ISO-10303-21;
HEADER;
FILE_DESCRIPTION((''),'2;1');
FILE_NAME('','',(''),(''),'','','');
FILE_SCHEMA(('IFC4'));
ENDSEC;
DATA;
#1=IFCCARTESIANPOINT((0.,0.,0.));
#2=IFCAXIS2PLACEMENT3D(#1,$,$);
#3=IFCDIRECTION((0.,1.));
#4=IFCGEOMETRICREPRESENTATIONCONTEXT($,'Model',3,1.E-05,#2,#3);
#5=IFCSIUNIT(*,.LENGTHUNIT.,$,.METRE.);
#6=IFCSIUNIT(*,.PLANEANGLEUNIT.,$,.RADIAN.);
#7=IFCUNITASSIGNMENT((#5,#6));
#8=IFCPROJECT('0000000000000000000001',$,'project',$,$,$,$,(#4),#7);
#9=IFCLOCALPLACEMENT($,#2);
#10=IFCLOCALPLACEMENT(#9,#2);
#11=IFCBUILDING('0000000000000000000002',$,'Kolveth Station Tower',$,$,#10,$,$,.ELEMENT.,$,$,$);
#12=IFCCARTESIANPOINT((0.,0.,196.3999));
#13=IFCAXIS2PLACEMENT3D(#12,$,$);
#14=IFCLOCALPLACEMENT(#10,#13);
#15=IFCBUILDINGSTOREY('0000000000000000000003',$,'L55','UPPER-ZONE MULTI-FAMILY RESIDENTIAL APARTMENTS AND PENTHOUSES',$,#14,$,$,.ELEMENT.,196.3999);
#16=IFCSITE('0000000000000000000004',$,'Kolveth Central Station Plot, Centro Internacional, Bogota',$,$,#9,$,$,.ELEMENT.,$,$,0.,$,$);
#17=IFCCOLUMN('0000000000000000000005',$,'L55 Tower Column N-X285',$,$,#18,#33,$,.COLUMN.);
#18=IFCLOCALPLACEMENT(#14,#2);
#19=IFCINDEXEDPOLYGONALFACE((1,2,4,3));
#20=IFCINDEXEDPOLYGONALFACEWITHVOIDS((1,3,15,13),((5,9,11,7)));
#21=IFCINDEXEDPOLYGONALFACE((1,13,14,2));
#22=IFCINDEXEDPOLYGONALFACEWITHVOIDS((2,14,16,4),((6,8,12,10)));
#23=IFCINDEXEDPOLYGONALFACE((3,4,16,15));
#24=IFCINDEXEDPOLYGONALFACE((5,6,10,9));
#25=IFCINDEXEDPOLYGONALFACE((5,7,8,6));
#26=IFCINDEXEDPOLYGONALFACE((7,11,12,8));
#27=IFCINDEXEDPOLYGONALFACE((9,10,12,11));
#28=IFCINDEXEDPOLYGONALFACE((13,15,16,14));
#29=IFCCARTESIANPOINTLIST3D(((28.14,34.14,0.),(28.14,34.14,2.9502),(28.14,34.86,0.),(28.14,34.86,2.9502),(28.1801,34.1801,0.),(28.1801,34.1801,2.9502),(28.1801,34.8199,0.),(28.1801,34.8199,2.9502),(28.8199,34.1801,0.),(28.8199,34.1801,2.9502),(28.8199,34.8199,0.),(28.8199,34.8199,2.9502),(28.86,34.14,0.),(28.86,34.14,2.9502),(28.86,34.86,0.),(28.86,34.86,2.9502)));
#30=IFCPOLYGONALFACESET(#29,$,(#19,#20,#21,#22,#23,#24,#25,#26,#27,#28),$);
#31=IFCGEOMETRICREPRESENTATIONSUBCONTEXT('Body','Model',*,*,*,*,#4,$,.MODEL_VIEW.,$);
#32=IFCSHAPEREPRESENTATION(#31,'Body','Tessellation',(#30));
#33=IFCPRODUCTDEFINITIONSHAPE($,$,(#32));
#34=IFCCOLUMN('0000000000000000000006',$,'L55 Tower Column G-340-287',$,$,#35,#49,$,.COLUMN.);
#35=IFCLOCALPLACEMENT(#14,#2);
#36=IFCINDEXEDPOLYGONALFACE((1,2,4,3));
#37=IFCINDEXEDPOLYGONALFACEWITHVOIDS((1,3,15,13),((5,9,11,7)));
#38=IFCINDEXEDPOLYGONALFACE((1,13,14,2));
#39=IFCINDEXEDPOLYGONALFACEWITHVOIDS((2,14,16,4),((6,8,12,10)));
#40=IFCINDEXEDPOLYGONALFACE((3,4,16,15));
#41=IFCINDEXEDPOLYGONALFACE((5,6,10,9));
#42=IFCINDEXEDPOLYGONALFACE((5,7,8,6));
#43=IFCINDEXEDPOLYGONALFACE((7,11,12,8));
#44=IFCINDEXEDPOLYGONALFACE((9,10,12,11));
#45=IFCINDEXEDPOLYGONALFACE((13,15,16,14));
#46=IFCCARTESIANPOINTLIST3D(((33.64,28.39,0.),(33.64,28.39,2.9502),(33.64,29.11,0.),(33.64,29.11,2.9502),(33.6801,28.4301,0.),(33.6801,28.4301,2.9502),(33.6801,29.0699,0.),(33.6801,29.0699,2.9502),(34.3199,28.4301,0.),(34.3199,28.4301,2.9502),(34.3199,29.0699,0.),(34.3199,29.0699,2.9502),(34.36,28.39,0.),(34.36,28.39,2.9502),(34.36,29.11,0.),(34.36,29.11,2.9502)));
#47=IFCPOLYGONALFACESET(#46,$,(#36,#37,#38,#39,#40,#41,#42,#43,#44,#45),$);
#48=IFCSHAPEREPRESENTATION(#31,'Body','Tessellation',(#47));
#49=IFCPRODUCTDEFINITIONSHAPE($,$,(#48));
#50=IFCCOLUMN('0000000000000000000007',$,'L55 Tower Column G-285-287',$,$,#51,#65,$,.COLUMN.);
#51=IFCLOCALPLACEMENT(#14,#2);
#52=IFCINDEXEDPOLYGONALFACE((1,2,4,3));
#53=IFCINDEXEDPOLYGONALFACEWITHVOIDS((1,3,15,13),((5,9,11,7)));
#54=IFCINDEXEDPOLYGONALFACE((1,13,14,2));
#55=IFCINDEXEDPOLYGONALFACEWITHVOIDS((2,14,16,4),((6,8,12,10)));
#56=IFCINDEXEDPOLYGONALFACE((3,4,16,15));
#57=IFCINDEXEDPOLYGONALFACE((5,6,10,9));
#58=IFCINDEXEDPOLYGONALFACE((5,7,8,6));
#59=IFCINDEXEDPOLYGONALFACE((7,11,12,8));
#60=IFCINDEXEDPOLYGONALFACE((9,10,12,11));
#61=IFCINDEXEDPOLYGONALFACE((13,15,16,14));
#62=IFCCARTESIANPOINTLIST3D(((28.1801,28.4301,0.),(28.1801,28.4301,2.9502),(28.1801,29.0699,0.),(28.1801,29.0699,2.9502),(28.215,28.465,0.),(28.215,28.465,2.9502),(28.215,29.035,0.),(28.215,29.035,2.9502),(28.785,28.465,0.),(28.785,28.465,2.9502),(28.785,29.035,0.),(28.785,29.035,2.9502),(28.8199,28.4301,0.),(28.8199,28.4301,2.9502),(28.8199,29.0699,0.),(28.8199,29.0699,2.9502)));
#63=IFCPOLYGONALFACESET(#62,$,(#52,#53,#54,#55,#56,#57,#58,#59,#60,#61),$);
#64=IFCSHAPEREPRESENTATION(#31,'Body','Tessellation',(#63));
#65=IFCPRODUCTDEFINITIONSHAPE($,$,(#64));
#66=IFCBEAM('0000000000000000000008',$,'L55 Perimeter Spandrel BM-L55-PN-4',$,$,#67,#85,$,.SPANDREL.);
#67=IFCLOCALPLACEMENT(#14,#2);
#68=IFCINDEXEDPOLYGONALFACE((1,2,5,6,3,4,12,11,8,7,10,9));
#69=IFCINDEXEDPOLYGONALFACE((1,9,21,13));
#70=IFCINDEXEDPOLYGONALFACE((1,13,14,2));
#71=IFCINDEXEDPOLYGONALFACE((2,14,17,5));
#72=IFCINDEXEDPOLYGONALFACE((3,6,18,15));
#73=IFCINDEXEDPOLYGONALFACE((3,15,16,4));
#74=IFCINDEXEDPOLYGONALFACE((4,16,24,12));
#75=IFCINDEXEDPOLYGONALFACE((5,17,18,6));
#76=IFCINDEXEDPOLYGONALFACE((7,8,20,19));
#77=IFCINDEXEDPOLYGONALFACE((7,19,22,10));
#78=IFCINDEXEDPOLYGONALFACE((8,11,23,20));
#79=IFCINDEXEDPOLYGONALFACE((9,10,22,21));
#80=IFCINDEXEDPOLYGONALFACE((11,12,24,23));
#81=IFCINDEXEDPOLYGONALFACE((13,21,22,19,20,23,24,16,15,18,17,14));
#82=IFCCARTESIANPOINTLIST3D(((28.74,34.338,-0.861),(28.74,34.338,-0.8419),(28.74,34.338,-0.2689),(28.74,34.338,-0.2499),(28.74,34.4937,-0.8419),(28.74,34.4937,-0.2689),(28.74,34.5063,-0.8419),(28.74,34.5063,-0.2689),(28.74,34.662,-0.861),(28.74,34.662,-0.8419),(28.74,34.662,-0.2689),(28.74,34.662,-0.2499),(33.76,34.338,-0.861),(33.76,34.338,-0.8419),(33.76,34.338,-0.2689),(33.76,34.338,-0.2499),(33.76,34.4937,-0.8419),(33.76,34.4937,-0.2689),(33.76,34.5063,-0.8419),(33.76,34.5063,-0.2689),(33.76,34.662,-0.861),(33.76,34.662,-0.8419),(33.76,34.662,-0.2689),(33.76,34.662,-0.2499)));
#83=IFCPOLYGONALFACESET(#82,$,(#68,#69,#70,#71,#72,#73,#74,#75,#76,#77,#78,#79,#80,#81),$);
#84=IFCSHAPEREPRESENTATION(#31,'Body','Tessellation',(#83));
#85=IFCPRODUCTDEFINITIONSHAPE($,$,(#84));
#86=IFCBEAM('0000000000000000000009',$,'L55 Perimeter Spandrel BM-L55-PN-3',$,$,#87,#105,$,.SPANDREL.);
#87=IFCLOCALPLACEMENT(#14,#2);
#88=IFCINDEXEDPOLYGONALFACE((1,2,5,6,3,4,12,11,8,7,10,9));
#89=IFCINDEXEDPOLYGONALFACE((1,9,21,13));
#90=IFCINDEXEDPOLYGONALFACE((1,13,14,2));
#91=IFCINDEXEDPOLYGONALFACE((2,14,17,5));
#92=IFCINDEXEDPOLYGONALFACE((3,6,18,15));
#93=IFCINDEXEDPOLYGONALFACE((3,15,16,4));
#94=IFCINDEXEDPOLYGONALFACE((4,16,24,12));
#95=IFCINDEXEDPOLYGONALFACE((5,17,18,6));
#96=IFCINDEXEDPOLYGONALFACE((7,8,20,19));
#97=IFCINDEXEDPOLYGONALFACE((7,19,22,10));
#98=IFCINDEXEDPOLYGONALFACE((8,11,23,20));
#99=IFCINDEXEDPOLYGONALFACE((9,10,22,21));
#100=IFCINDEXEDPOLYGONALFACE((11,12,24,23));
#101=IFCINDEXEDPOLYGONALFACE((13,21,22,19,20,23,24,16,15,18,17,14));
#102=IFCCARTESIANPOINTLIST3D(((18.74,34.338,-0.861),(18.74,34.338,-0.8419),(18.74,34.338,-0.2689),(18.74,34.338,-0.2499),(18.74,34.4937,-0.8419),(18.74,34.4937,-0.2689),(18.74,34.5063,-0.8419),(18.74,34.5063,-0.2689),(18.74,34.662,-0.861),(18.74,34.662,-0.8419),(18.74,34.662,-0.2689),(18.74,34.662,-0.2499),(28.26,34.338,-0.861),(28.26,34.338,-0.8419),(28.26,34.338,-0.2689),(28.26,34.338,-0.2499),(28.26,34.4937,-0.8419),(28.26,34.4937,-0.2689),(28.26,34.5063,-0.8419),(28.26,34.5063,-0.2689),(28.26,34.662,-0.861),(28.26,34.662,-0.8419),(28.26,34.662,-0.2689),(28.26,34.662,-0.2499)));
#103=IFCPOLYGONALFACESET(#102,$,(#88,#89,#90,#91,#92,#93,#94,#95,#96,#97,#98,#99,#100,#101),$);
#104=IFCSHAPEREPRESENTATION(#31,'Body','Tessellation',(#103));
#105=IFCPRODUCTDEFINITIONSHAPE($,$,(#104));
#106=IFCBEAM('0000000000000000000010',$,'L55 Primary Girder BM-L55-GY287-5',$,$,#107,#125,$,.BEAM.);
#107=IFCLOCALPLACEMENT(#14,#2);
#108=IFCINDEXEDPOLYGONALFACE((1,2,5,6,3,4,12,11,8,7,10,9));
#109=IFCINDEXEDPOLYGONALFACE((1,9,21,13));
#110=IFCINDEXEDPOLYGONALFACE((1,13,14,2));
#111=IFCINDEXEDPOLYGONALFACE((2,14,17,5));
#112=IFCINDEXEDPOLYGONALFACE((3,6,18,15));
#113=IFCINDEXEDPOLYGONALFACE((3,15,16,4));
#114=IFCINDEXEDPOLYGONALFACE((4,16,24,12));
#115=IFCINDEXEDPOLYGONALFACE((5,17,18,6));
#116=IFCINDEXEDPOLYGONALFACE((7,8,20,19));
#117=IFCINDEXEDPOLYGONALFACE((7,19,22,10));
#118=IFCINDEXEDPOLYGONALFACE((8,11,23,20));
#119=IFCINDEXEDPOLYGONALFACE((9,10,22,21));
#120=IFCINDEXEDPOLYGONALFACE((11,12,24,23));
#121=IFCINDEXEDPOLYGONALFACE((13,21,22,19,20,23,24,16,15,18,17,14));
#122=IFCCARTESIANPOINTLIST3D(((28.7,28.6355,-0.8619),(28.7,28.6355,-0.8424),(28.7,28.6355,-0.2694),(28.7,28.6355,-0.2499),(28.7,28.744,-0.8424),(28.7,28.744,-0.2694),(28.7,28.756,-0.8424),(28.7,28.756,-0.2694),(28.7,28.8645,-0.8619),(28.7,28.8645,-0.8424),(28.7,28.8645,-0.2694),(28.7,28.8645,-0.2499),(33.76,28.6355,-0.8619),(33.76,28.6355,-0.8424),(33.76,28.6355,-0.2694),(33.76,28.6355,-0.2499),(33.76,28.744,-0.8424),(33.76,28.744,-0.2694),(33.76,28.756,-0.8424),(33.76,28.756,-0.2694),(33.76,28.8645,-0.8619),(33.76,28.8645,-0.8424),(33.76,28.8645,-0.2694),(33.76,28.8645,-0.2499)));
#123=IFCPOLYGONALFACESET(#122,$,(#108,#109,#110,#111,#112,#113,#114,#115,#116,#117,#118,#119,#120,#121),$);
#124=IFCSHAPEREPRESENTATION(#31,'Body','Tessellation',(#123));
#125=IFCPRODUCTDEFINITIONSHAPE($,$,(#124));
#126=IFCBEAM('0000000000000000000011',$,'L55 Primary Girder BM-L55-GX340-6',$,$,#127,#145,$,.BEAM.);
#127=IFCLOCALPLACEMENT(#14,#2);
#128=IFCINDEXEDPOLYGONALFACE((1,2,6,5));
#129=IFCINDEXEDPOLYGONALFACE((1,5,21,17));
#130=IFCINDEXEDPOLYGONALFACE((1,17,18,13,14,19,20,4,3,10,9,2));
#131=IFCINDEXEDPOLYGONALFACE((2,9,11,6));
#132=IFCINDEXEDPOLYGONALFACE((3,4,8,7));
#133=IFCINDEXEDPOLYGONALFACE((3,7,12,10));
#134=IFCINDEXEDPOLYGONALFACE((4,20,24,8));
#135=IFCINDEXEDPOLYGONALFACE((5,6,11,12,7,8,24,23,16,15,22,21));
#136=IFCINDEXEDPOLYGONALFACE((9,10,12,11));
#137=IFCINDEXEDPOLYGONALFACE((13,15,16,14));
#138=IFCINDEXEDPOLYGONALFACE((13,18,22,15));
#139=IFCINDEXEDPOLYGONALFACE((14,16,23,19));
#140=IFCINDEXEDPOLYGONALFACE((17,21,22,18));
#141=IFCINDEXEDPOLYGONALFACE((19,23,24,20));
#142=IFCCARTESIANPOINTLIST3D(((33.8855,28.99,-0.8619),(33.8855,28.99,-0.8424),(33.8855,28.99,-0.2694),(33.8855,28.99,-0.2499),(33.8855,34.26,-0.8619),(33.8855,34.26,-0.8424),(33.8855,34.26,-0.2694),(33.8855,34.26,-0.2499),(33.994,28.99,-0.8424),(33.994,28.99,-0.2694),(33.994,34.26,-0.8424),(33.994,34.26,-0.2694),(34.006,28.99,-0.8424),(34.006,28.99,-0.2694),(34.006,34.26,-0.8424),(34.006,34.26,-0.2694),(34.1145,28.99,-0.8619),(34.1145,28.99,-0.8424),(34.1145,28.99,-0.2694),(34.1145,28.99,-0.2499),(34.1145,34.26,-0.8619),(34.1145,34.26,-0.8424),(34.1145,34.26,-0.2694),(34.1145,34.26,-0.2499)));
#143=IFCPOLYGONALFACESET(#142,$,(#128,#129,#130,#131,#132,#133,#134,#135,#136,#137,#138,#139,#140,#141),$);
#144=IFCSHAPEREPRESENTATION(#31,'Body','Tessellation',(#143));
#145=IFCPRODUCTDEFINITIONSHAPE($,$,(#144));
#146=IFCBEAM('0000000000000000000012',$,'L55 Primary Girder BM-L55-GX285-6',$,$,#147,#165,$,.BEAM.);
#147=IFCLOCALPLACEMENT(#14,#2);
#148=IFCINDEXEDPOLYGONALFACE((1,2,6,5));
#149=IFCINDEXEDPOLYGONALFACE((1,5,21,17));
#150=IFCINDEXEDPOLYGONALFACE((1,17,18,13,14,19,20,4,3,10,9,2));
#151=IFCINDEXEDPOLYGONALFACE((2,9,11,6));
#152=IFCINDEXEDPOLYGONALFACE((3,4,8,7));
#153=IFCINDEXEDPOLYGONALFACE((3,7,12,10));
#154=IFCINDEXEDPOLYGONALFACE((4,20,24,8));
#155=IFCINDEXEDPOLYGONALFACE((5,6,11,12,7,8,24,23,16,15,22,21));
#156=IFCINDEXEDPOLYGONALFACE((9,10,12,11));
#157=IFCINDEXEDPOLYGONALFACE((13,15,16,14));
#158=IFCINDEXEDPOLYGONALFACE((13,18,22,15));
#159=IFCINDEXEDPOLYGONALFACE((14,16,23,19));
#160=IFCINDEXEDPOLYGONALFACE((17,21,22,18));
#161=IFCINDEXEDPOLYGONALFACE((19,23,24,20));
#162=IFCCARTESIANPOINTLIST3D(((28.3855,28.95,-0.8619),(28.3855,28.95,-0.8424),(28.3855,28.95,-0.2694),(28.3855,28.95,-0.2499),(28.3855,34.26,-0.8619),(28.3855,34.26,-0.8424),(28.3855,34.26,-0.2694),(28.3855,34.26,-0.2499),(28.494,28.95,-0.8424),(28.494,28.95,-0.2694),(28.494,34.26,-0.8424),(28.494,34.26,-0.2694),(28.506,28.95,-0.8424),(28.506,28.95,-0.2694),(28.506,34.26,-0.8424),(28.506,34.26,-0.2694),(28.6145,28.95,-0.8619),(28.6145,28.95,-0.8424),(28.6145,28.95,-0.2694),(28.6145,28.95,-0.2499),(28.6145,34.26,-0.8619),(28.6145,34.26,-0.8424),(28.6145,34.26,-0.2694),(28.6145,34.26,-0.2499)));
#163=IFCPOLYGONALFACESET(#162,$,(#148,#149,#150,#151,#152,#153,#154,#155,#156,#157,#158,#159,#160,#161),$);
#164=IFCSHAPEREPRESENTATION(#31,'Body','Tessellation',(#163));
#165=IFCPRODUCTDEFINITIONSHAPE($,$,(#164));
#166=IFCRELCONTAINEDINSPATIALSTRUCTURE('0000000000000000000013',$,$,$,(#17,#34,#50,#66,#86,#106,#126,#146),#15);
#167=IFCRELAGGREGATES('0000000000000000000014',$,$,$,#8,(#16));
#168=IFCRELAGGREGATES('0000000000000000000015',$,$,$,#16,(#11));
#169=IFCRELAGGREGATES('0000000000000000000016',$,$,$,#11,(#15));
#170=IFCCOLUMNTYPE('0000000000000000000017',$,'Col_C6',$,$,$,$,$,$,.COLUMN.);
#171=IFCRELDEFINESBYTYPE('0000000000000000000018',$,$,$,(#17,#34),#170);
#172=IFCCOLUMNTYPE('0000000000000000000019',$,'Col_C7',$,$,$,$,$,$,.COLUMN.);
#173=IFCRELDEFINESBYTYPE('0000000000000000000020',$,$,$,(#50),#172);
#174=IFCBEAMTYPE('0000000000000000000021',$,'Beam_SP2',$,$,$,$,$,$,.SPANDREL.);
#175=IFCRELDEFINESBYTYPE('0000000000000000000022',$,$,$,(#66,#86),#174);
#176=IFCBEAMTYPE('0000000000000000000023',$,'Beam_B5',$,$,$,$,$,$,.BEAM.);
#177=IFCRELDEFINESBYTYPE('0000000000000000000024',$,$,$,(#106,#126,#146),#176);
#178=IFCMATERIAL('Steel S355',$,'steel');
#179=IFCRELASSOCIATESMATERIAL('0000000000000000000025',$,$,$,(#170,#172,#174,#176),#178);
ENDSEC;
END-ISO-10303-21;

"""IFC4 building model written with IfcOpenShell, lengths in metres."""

from ifc_helpers import new_model, si_unit, direction, frame, origin, origin_2d, place, context, subcontext, project, spatial, hollow_rectangle, i_section, extrude, source, transform, mapped, material, material_profile, profile_set, type_object, element, save


model = new_model("IFC4")

# Units and contexts
model_context = context("Model", 3, precision=1e-05, world=origin(), true_north=direction((0.0, 1.0)))
body_context = subcontext(model_context, "Body", "Model", "MODEL_VIEW")
ifc_project = project(units=[si_unit("LENGTHUNIT", "METRE"), si_unit("PLANEANGLEUNIT", "RADIAN")], contexts=[model_context])

# Site, building, storey
site_placement = place(None, origin())
site = spatial("IfcSite", under=ifc_project, at=site_placement, Name="Kolveth Central Station Plot, Centro Internacional, Bogota", CompositionType="ELEMENT", RefElevation=0.0)
building_placement = place(site_placement, origin())
building = spatial("IfcBuilding", under=site, at=building_placement, Name="Kolveth Station Tower", CompositionType="ELEMENT")
storey_placement = place(building_placement, frame((0.0, 0.0, 196.3999)))
storey = spatial("IfcBuildingStorey", under=building, at=storey_placement, Name="L55", Description="UPPER-ZONE MULTI-FAMILY RESIDENTIAL APARTMENTS AND PENTHOUSES", CompositionType="ELEMENT", Elevation=196.3999)

# Columns
ifc_material_1 = material(Name="Steel S355", Category="steel")
ifc_material_profile_1 = material_profile(ifc_material_1, hollow_rectangle(XDim=0.72, YDim=0.72, WallThickness=0.04, at=origin_2d()), Name="BOX720x720x40")
ifc_profile_set_1 = profile_set([ifc_material_profile_1], Name="Steel S355")
column_type_1 = type_object("IfcColumnType", Name="Col_C6", PredefinedType="COLUMN", material=ifc_profile_set_1)
shared_shape_1 = source(origin(), body_context, "Body", "SweptSolid", [
    extrude(hollow_rectangle(XDim=0.72, YDim=0.72, WallThickness=0.04, at=origin_2d()), origin(), (0.0, 0.0, 1.0), 2.9502),
])
for number, where, z_axis, x_axis, name in (
    (1, (28.5, 34.5, 0.0), (0.0, 0.0, 1.0), (1.0, 0.0, 0.0), "L55 Tower Column N-X285"),
    (2, (34.0, 28.75, 0.0), (0.0, 0.0, 1.0), (1.0, 0.0, 0.0), "L55 Tower Column G-340-287"),
):
    element("IfcColumn", number, at=place(storey_placement, frame(where, z_axis=z_axis, x_axis=x_axis)), inside=storey, type_object=column_type_1, Name=name, PredefinedType="COLUMN", context=body_context, shape_type="MappedRepresentation", body=[
        mapped(shared_shape_1, transform((0.0, 0.0, 0.0), x_axis=(1.0, 0.0, 0.0), y_axis=(0.0, 1.0, 0.0), z_axis=(0.0, 0.0, 1.0), scale=1.0)),
    ])
ifc_material_profile_2 = material_profile(ifc_material_1, hollow_rectangle(XDim=0.6399, YDim=0.6399, WallThickness=0.0349, at=origin_2d()), Name="BOX640x640x35")
ifc_profile_set_2 = profile_set([ifc_material_profile_2], Name="Steel S355")
column_type_2 = type_object("IfcColumnType", Name="Col_C7", PredefinedType="COLUMN", material=ifc_profile_set_2)
shared_shape_2 = source(origin(), body_context, "Body", "SweptSolid", [
    extrude(hollow_rectangle(XDim=0.6399, YDim=0.6399, WallThickness=0.0349, at=origin_2d()), origin(), (0.0, 0.0, 1.0), 2.9502),
])
column_placement = place(storey_placement, frame((28.5, 28.75, 0.0), z_axis=(0.0, 0.0, 1.0), x_axis=(1.0, 0.0, 0.0)))
element("IfcColumn", 3, at=column_placement, inside=storey, type_object=column_type_2, Name="L55 Tower Column G-285-287", PredefinedType="COLUMN", context=body_context, shape_type="MappedRepresentation", body=[
    mapped(shared_shape_2, transform((0.0, 0.0, 0.0), x_axis=(1.0, 0.0, 0.0), y_axis=(0.0, 1.0, 0.0), z_axis=(0.0, 0.0, 1.0), scale=1.0)),
])

# Beams
ifc_material_profile_3 = material_profile(ifc_material_1, i_section(OverallWidth=0.324, OverallDepth=0.6111, WebThickness=0.0127, FlangeThickness=0.019, at=origin_2d()), Name="W610x155")
ifc_profile_set_3 = profile_set([ifc_material_profile_3], Name="Steel S355")
beam_type_1 = type_object("IfcBeamType", Name="Beam_SP2", PredefinedType="SPANDREL", material=ifc_profile_set_3)
shared_shape_3 = source(origin(), body_context, "Body", "SweptSolid", [
    extrude(i_section(OverallWidth=0.324, OverallDepth=0.6111, WebThickness=0.0127, FlangeThickness=0.019, at=origin_2d()), origin(), (0.0, 0.0, 1.0), 5.02),
])
beam_1_placement = place(storey_placement, frame((28.74, 34.5, -0.5554), z_axis=(1.0, 0.0, 0.0), x_axis=(0.0, 1.0, 0.0)))
element("IfcBeam", 4, at=beam_1_placement, inside=storey, type_object=beam_type_1, Name="L55 Perimeter Spandrel BM-L55-PN-4", PredefinedType="SPANDREL", context=body_context, shape_type="MappedRepresentation", body=[
    mapped(shared_shape_3, transform((0.0, 0.0, 0.0), x_axis=(1.0, 0.0, 0.0), y_axis=(0.0, 1.0, 0.0), z_axis=(0.0, 0.0, 1.0), scale=1.0)),
])
shared_shape_4 = source(origin(), body_context, "Body", "SweptSolid", [
    extrude(i_section(OverallWidth=0.324, OverallDepth=0.6111, WebThickness=0.0127, FlangeThickness=0.019, at=origin_2d()), origin(), (0.0, 0.0, 1.0), 9.52),
])
beam_2_placement = place(storey_placement, frame((18.74, 34.5, -0.5554), z_axis=(1.0, 0.0, 0.0), x_axis=(0.0, 1.0, 0.0)))
element("IfcBeam", 5, at=beam_2_placement, inside=storey, type_object=beam_type_1, Name="L55 Perimeter Spandrel BM-L55-PN-3", PredefinedType="SPANDREL", context=body_context, shape_type="MappedRepresentation", body=[
    mapped(shared_shape_4, transform((0.0, 0.0, 0.0), x_axis=(1.0, 0.0, 0.0), y_axis=(0.0, 1.0, 0.0), z_axis=(0.0, 0.0, 1.0), scale=1.0)),
])
ifc_material_profile_4 = material_profile(ifc_material_1, i_section(OverallWidth=0.229, OverallDepth=0.6121, WebThickness=0.012, FlangeThickness=0.0195, at=origin_2d()), Name="W610x125")
ifc_profile_set_4 = profile_set([ifc_material_profile_4], Name="Steel S355")
beam_type_2 = type_object("IfcBeamType", Name="Beam_B5", PredefinedType="BEAM", material=ifc_profile_set_4)
shared_shape_5 = source(origin(), body_context, "Body", "SweptSolid", [
    extrude(i_section(OverallWidth=0.229, OverallDepth=0.6121, WebThickness=0.012, FlangeThickness=0.0195, at=origin_2d()), origin(), (0.0, 0.0, 1.0), 5.0601),
])
beam_3_placement = place(storey_placement, frame((28.7, 28.75, -0.5559), z_axis=(1.0, 0.0, 0.0), x_axis=(0.0, 1.0, 0.0)))
element("IfcBeam", 6, at=beam_3_placement, inside=storey, type_object=beam_type_2, Name="L55 Primary Girder BM-L55-GY287-5", PredefinedType="BEAM", context=body_context, shape_type="MappedRepresentation", body=[
    mapped(shared_shape_5, transform((0.0, 0.0, 0.0), x_axis=(1.0, 0.0, 0.0), y_axis=(0.0, 1.0, 0.0), z_axis=(0.0, 0.0, 1.0), scale=1.0)),
])
shared_shape_6 = source(origin(), body_context, "Body", "SweptSolid", [
    extrude(i_section(OverallWidth=0.229, OverallDepth=0.6121, WebThickness=0.012, FlangeThickness=0.0195, at=origin_2d()), origin(), (0.0, 0.0, 1.0), 5.27),
])
beam_4_placement = place(storey_placement, frame((34.0, 28.99, -0.5559), z_axis=(0.0, 1.0, 0.0), x_axis=(-1.0, 0.0, 0.0)))
element("IfcBeam", 7, at=beam_4_placement, inside=storey, type_object=beam_type_2, Name="L55 Primary Girder BM-L55-GX340-6", PredefinedType="BEAM", context=body_context, shape_type="MappedRepresentation", body=[
    mapped(shared_shape_6, transform((0.0, 0.0, 0.0), x_axis=(1.0, 0.0, 0.0), y_axis=(0.0, 1.0, 0.0), z_axis=(0.0, 0.0, 1.0), scale=1.0)),
])
shared_shape_7 = source(origin(), body_context, "Body", "SweptSolid", [
    extrude(i_section(OverallWidth=0.229, OverallDepth=0.6121, WebThickness=0.012, FlangeThickness=0.0195, at=origin_2d()), origin(), (0.0, 0.0, 1.0), 5.3101),
])
beam_5_placement = place(storey_placement, frame((28.5, 28.95, -0.5559), z_axis=(0.0, 1.0, 0.0), x_axis=(-1.0, 0.0, 0.0)))
element("IfcBeam", 8, at=beam_5_placement, inside=storey, type_object=beam_type_2, Name="L55 Primary Girder BM-L55-GX285-6", PredefinedType="BEAM", context=body_context, shape_type="MappedRepresentation", body=[
    mapped(shared_shape_7, transform((0.0, 0.0, 0.0), x_axis=(1.0, 0.0, 0.0), y_axis=(0.0, 1.0, 0.0), z_axis=(0.0, 0.0, 1.0), scale=1.0)),
])

save(model, "model.ifc")
